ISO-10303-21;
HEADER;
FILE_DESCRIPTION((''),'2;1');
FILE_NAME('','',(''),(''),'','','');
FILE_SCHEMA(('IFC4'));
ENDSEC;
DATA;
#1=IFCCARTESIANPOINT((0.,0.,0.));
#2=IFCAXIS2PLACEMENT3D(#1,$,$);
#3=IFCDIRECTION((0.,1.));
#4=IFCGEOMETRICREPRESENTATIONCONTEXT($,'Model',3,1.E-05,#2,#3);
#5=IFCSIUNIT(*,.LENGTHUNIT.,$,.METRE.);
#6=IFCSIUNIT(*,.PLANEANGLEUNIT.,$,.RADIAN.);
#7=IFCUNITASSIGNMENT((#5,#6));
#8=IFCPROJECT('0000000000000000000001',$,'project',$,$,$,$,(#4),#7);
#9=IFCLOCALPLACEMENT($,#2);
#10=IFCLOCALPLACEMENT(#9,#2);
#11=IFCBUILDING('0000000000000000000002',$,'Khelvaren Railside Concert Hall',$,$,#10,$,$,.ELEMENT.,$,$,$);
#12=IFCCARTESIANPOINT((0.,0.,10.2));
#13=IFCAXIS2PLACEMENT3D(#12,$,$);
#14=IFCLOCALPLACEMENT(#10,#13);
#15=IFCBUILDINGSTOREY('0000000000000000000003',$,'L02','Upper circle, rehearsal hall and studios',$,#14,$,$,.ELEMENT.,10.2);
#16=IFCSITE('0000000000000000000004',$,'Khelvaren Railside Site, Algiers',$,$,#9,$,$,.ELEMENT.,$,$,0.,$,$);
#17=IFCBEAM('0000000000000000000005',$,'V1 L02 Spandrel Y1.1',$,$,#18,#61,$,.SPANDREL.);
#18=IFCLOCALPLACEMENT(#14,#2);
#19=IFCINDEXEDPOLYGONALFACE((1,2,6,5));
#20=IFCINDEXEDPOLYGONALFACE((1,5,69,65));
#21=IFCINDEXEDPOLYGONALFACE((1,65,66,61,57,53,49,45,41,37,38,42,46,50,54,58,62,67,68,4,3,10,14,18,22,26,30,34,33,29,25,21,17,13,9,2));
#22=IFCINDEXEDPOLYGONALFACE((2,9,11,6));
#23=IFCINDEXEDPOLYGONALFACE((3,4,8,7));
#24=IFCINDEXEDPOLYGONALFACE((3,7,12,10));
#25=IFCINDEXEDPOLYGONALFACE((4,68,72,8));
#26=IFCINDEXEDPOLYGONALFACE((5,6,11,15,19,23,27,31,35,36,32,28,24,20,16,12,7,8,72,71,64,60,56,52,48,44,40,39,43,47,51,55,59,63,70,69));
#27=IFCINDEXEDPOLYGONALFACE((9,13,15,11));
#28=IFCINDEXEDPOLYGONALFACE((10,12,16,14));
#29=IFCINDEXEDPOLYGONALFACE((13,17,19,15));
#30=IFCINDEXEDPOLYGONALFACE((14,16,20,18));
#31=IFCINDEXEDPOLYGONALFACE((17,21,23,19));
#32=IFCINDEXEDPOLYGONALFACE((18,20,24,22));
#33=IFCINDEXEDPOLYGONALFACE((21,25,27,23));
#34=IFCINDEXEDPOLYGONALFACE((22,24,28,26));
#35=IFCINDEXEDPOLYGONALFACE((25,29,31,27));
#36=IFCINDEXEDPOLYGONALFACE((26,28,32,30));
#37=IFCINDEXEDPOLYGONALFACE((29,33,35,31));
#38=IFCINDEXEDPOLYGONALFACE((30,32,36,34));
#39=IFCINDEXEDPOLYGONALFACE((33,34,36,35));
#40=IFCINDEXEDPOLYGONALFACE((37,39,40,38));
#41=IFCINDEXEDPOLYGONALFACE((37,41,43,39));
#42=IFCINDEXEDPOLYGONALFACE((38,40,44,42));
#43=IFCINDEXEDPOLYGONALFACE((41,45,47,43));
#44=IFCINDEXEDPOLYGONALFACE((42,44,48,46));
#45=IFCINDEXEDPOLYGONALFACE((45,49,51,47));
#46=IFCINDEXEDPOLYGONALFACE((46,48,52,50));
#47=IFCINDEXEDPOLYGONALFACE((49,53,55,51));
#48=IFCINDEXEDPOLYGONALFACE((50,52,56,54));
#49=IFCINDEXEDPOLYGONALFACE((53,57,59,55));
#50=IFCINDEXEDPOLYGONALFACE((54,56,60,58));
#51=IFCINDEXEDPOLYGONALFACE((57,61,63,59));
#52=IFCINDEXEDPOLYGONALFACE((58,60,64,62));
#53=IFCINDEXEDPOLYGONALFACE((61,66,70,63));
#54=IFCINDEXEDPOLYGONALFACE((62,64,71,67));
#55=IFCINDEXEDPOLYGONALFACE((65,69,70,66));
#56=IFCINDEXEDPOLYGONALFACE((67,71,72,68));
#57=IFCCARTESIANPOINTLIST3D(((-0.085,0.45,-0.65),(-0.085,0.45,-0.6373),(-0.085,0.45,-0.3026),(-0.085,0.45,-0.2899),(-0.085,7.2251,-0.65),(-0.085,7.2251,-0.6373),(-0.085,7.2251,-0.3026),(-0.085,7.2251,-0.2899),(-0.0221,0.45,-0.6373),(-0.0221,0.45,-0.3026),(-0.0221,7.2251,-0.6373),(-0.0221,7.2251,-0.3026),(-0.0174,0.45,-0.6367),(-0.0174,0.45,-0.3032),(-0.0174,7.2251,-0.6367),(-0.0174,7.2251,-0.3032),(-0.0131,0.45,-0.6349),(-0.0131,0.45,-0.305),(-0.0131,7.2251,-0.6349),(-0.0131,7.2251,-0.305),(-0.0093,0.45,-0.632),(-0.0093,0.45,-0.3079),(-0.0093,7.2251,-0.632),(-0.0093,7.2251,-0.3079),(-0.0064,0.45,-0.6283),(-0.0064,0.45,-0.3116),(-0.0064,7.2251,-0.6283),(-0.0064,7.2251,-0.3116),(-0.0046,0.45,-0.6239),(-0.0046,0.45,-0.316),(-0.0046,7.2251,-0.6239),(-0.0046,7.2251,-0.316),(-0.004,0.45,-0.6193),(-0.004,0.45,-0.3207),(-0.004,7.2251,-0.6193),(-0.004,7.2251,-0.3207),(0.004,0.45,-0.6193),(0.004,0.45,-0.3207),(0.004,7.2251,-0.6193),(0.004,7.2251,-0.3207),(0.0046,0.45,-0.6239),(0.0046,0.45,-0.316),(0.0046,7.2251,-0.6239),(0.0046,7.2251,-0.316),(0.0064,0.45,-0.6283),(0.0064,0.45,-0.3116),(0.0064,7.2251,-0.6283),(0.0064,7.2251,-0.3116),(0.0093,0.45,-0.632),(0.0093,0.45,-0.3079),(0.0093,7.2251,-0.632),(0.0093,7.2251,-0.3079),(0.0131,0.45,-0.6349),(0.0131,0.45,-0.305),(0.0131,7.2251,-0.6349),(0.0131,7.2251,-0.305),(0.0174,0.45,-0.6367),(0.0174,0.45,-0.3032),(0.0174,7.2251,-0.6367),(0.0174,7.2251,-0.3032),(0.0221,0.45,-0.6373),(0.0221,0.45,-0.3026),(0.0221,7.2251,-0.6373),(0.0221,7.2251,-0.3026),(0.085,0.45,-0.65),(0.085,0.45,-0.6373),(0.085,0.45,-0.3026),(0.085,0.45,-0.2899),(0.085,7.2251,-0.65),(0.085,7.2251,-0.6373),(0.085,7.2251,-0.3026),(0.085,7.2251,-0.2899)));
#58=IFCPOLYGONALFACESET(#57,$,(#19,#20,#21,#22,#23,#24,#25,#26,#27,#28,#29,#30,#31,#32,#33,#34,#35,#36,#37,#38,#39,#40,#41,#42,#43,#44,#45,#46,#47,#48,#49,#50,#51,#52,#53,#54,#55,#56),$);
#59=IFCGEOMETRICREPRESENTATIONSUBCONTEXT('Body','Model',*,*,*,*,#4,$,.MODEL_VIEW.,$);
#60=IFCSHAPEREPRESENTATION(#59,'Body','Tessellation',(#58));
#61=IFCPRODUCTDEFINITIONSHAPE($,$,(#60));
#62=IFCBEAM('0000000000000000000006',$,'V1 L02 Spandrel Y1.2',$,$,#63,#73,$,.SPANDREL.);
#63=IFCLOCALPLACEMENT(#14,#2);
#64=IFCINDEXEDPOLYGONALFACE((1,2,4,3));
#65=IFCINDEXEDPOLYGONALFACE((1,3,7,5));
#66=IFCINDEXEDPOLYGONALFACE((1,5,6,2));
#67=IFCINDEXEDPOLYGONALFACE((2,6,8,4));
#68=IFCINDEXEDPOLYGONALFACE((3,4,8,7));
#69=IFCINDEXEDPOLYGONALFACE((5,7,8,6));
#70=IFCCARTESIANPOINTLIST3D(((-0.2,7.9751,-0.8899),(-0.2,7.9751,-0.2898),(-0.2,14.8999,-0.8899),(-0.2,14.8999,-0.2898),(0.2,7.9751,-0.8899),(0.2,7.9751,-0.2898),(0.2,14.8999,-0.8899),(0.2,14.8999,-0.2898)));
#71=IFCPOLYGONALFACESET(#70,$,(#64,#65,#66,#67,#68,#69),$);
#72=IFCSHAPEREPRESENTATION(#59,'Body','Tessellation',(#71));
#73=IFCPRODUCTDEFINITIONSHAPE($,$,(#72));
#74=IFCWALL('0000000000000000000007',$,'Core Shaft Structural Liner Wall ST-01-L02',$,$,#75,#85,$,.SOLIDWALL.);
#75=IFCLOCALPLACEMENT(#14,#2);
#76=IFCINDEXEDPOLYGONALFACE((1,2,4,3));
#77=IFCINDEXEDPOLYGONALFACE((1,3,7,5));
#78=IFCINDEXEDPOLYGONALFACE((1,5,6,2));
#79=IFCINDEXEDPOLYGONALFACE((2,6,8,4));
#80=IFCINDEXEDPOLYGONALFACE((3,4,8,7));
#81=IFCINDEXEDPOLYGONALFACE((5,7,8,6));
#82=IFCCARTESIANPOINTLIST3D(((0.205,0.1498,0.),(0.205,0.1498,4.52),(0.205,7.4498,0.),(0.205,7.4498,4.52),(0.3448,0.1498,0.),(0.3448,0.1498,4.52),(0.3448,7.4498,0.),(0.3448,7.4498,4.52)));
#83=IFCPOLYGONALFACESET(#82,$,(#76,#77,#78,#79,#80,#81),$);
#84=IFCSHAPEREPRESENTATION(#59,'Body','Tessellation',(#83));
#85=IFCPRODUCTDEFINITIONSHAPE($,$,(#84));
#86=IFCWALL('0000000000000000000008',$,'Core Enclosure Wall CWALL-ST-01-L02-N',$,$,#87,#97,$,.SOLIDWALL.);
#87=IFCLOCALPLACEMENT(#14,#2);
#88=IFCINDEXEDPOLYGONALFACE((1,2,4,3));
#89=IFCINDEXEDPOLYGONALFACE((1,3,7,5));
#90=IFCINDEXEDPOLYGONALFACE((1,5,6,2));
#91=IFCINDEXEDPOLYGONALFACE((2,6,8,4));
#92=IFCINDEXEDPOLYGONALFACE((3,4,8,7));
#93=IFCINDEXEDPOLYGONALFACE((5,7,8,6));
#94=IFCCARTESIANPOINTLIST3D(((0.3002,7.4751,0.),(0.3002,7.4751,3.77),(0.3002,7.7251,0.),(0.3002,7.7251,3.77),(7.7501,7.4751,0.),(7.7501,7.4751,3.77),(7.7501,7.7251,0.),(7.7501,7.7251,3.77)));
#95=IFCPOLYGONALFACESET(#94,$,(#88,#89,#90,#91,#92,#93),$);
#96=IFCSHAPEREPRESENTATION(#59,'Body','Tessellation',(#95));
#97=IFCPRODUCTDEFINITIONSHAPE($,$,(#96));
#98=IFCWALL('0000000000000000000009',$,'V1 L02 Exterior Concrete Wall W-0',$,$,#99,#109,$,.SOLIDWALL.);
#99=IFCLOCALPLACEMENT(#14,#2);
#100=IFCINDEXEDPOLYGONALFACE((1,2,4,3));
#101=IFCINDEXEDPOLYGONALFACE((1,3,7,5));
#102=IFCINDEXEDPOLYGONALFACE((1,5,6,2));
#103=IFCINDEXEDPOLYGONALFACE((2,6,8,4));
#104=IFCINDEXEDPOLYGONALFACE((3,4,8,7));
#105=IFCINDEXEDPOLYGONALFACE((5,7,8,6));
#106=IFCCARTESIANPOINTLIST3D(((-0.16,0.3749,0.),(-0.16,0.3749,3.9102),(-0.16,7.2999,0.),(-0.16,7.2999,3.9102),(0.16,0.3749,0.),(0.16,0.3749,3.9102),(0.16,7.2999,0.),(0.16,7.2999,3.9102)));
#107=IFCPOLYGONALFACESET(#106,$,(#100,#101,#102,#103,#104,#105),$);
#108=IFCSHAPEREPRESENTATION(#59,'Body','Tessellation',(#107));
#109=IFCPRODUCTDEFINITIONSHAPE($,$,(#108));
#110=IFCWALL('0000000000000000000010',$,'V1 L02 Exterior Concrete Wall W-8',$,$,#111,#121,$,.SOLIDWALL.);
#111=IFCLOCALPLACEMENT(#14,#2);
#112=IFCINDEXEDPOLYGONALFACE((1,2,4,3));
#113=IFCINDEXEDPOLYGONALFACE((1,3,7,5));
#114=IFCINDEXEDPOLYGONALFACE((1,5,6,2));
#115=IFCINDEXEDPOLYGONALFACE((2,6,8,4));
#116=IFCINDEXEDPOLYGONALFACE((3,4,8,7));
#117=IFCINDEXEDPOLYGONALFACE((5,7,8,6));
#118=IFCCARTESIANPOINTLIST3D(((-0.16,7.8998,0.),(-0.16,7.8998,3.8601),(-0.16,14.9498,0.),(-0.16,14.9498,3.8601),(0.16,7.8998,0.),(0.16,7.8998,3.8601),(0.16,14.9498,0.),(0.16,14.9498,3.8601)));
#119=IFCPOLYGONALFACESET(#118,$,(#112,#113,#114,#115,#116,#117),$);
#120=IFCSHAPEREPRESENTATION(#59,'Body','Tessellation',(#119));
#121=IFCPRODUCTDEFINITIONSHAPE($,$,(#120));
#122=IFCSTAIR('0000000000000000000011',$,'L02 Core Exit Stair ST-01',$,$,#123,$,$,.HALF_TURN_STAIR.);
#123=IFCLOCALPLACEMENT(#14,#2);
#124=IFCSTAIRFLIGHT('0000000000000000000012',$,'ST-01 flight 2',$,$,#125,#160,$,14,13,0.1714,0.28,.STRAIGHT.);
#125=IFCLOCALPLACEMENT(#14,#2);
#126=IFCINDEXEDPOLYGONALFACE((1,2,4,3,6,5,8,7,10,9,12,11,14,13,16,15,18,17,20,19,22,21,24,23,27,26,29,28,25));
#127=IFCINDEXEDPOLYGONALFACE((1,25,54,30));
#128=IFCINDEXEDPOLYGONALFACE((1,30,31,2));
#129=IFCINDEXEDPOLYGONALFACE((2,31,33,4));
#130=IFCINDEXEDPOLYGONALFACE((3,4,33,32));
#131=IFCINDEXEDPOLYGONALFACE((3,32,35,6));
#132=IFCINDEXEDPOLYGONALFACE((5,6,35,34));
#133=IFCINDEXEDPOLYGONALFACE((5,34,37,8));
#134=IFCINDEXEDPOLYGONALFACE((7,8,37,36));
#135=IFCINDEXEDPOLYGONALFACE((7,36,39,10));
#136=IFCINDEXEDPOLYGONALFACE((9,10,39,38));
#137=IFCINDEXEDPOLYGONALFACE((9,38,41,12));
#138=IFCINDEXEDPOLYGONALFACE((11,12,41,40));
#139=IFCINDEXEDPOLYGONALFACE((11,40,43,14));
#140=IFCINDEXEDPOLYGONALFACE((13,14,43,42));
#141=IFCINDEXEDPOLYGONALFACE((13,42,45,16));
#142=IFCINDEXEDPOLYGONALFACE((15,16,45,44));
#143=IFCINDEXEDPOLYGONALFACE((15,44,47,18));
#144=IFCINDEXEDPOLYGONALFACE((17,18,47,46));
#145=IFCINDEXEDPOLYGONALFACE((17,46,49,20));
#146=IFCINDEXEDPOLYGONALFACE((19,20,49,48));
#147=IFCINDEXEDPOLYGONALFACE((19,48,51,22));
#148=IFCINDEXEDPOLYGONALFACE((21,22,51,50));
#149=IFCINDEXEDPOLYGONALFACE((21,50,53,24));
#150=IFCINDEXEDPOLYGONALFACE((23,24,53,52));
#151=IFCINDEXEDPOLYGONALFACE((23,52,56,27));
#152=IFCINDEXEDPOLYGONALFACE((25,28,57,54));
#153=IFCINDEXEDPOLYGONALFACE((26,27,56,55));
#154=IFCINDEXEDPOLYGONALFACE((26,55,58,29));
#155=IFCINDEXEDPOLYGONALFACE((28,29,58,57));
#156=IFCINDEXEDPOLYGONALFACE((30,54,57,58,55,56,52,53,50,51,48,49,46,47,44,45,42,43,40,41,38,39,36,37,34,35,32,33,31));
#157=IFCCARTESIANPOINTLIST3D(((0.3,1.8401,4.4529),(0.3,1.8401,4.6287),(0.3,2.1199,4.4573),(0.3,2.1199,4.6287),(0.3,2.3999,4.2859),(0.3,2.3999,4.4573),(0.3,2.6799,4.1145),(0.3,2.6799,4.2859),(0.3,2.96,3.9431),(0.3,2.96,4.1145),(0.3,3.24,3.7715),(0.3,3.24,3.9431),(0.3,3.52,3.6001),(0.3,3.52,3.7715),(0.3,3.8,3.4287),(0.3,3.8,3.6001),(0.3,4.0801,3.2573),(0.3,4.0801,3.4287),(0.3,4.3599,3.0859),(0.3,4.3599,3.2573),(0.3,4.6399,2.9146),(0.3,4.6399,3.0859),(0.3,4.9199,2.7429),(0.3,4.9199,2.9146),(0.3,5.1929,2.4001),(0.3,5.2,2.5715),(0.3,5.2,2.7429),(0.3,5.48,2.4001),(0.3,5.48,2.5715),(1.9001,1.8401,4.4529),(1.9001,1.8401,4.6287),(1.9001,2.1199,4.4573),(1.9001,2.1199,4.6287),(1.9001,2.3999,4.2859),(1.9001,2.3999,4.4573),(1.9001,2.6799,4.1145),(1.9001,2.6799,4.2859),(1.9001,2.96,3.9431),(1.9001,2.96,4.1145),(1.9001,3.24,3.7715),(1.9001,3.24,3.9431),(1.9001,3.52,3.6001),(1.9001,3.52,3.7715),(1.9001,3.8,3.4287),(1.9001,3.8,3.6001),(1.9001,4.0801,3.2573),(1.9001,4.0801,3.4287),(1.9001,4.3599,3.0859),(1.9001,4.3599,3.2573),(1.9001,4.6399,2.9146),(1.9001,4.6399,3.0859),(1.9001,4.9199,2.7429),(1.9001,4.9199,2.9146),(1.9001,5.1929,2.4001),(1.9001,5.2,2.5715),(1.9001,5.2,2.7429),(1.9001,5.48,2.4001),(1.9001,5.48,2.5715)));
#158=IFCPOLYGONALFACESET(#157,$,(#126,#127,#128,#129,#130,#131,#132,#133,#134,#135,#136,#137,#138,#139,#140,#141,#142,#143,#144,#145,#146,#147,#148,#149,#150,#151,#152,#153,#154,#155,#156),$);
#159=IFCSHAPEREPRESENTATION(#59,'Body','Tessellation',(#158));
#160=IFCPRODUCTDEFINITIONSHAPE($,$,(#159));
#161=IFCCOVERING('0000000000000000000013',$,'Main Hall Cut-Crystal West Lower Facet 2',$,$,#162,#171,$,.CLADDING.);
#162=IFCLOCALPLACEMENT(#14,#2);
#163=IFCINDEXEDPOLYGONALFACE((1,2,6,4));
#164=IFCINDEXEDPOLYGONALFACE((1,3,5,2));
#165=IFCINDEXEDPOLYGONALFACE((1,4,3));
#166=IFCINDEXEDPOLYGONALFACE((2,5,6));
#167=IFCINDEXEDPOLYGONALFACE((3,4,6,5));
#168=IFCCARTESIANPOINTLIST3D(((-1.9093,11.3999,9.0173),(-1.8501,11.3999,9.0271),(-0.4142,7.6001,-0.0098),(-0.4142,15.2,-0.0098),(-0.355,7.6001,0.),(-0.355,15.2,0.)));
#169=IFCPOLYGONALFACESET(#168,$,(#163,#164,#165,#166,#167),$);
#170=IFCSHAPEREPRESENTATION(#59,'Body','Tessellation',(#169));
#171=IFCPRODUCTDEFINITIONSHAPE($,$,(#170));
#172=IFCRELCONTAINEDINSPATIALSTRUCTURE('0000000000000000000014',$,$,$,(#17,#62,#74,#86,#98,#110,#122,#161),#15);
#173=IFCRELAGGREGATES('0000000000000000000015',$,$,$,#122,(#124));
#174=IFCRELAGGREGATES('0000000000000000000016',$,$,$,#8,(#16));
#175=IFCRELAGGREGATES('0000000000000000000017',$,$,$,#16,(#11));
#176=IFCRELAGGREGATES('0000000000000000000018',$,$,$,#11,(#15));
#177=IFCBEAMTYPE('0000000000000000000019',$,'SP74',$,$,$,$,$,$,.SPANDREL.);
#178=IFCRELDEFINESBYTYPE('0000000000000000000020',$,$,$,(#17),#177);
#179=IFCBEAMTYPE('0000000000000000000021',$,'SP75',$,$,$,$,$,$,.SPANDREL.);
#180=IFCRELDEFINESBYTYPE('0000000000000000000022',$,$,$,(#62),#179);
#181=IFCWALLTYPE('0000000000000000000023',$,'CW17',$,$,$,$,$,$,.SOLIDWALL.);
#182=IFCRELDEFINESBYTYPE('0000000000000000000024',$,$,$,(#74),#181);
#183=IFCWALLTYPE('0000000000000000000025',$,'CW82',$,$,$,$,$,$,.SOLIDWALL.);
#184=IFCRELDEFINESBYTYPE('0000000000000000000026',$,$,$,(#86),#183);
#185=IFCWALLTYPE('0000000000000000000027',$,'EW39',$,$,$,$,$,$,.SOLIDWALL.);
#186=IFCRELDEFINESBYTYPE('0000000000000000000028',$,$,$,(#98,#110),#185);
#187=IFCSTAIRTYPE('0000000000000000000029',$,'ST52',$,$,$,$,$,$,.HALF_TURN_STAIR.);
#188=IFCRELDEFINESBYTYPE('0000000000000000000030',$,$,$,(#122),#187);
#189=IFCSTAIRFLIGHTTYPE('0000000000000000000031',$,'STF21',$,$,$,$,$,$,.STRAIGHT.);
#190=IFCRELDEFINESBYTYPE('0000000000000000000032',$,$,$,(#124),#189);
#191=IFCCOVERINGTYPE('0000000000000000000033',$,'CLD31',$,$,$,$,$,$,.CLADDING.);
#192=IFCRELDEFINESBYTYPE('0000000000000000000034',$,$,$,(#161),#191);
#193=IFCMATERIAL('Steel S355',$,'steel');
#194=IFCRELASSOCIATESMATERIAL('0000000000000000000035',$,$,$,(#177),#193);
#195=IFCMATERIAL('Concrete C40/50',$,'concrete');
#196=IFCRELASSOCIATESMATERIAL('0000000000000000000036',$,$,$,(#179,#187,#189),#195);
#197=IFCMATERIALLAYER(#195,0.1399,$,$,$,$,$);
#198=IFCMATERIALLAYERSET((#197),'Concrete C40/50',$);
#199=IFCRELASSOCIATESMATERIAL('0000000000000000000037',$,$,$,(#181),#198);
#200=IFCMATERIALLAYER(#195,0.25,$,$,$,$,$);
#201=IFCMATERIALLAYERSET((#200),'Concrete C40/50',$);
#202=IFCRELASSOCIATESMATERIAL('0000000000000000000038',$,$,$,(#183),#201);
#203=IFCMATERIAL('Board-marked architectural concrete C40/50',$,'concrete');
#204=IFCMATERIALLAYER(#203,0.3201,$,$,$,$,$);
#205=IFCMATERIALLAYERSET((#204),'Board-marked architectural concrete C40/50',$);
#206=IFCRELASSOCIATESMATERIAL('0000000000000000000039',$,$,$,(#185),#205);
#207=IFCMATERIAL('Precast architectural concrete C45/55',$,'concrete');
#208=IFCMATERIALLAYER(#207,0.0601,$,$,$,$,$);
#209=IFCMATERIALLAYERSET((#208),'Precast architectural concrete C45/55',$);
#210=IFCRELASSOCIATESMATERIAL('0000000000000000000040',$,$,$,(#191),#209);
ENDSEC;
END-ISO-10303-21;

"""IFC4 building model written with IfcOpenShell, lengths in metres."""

from ifc_helpers import new_model, si_unit, direction, frame, frame_2d, origin, origin_2d, place, context, subcontext, project, spatial, polyline, rectangle, i_section, outline, extrude, material, layer, layer_set, material_profile, profile_set, type_object, element, aggregate, save


model = new_model("IFC4")

# Units and contexts
model_context = context("Model", 3, precision=1e-05, world=origin(), true_north=direction((0.0, 1.0)))
body_context = subcontext(model_context, "Body", "Model", "MODEL_VIEW")
ifc_project = project(units=[si_unit("LENGTHUNIT", "METRE"), si_unit("PLANEANGLEUNIT", "RADIAN")], contexts=[model_context])

# Site, building, storey
site_placement = place(None, origin())
site = spatial("IfcSite", under=ifc_project, at=site_placement, Name="Khelvaren Railside Site, Algiers", CompositionType="ELEMENT", RefElevation=0.0)
building_placement = place(site_placement, origin())
building = spatial("IfcBuilding", under=site, at=building_placement, Name="Khelvaren Railside Concert Hall", CompositionType="ELEMENT")
storey_placement = place(building_placement, frame((0.0, 0.0, 10.2)))
storey = spatial("IfcBuildingStorey", under=building, at=storey_placement, Name="L02", Description="Upper circle, rehearsal hall and studios", CompositionType="ELEMENT", Elevation=10.2)

# Beams
ifc_material_1 = material(Name="Steel S355", Category="steel")
ifc_material_profile_1 = material_profile(ifc_material_1, i_section(OverallWidth=0.1699, OverallDepth=0.3601, WebThickness=0.0081, FlangeThickness=0.0127, FilletRadius=0.0181, at=origin_2d()), Name="IPE 360")
ifc_profile_set_1 = profile_set([ifc_material_profile_1], Name="Steel S355")
beam_type_1 = type_object("IfcBeamType", Name="SP74", PredefinedType="SPANDREL", material=ifc_profile_set_1)
beam_1_placement = place(storey_placement, frame((0.0, 0.45, -0.47), z_axis=(0.0, 1.0, 0.0), x_axis=(-1.0, 0.0, 0.0)))
element("IfcBeam", 1, at=beam_1_placement, inside=storey, type_object=beam_type_1, Name="V1 L02 Spandrel Y1.1", PredefinedType="SPANDREL", context=body_context, shape_type="SweptSolid", body=[
    extrude(i_section(OverallWidth=0.1699, OverallDepth=0.3601, WebThickness=0.0081, FlangeThickness=0.0127, FilletRadius=0.0181, at=origin_2d()), origin(), (0.0, 0.0, 1.0), 6.7751),
])
ifc_material_2 = material(Name="Concrete C40/50", Category="concrete")
ifc_material_profile_2 = material_profile(ifc_material_2, rectangle(XDim=0.3999, YDim=0.6001, at=origin_2d()), Name="RCB 400x600")
ifc_profile_set_2 = profile_set([ifc_material_profile_2], Name="Concrete C40/50")
beam_type_2 = type_object("IfcBeamType", Name="SP75", PredefinedType="SPANDREL", material=ifc_profile_set_2)
beam_2_placement = place(storey_placement, frame((0.0, 7.9751, -0.5898), z_axis=(0.0, 1.0, 0.0), x_axis=(-1.0, 0.0, 0.0)))
element("IfcBeam", 2, at=beam_2_placement, inside=storey, type_object=beam_type_2, Name="V1 L02 Spandrel Y1.2", PredefinedType="SPANDREL", context=body_context, shape_type="SweptSolid", body=[
    extrude(rectangle(XDim=0.3999, YDim=0.6001, at=origin_2d()), origin(), (0.0, 0.0, 1.0), 6.9248),
])

# Walls
ifc_layer_1 = layer(ifc_material_2, 0.1399)
ifc_layer_set_1 = layer_set([ifc_layer_1], Name="Concrete C40/50")
wall_type_1 = type_object("IfcWallType", Name="CW17", PredefinedType="SOLIDWALL", material=ifc_layer_set_1)
wall_1_placement = place(storey_placement, frame((0.2749, 0.1499, 0.0), z_axis=(0.0, 0.0, 1.0), x_axis=(0.0, 1.0, 0.0)))
element("IfcWall", 3, at=wall_1_placement, inside=storey, type_object=wall_type_1, Name="Core Shaft Structural Liner Wall ST-01-L02", PredefinedType="SOLIDWALL", context=body_context, shape_type="SweptSolid", body=[
    extrude(rectangle(XDim=7.3, YDim=0.1399, at=frame_2d((3.6499, 0.0))), origin(), (0.0, 0.0, 1.0), 4.52),
])
ifc_layer_2 = layer(ifc_material_2, 0.25)
ifc_layer_set_2 = layer_set([ifc_layer_2], Name="Concrete C40/50")
wall_type_2 = type_object("IfcWallType", Name="CW82", PredefinedType="SOLIDWALL", material=ifc_layer_set_2)
wall_2_placement = place(storey_placement, frame((0.3, 7.6001, 0.0), z_axis=(0.0, 0.0, 1.0), x_axis=(1.0, 0.0, 0.0)))
element("IfcWall", 4, at=wall_2_placement, inside=storey, type_object=wall_type_2, Name="Core Enclosure Wall CWALL-ST-01-L02-N", PredefinedType="SOLIDWALL", context=body_context, shape_type="SweptSolid", body=[
    extrude(rectangle(XDim=7.45, YDim=0.25, at=frame_2d((3.7251, 0.0))), origin(), (0.0, 0.0, 1.0), 3.77),
])
ifc_material_3 = material(Name="Board-marked architectural concrete C40/50", Category="concrete")
ifc_layer_3 = layer(ifc_material_3, 0.3201)
ifc_layer_set_3 = layer_set([ifc_layer_3], Name="Board-marked architectural concrete C40/50")
wall_type_3 = type_object("IfcWallType", Name="EW39", PredefinedType="SOLIDWALL", material=ifc_layer_set_3)
wall_3_placement = place(storey_placement, frame((0.0, 0.375, 0.0), z_axis=(0.0, 0.0, 1.0), x_axis=(0.0, 1.0, 0.0)))
element("IfcWall", 5, at=wall_3_placement, inside=storey, type_object=wall_type_3, Name="V1 L02 Exterior Concrete Wall W-0", PredefinedType="SOLIDWALL", context=body_context, shape_type="SweptSolid", body=[
    extrude(rectangle(XDim=6.925, YDim=0.3201, at=frame_2d((3.4624, 0.0))), origin(), (0.0, 0.0, 1.0), 3.9102),
])
wall_4_placement = place(storey_placement, frame((0.0, 7.8999, 0.0), z_axis=(0.0, 0.0, 1.0), x_axis=(0.0, 1.0, 0.0)))
element("IfcWall", 6, at=wall_4_placement, inside=storey, type_object=wall_type_3, Name="V1 L02 Exterior Concrete Wall W-8", PredefinedType="SOLIDWALL", context=body_context, shape_type="SweptSolid", body=[
    extrude(rectangle(XDim=7.05, YDim=0.3201, at=frame_2d((3.5249, 0.0))), origin(), (0.0, 0.0, 1.0), 3.8601),
])

# Stair, stair flight
stair_type = type_object("IfcStairType", Name="ST52", PredefinedType="HALF_TURN_STAIR", material=ifc_material_2)
stair_placement = place(storey_placement, origin())
stair = element("IfcStair", 7, at=stair_placement, inside=storey, type_object=stair_type, Name="L02 Core Exit Stair ST-01", PredefinedType="HALF_TURN_STAIR")
stair_flight_type = type_object("IfcStairFlightType", Name="STF21", PredefinedType="STRAIGHT", material=ifc_material_2)
stair_flight_placement = place(storey_placement, frame((1.1001, 5.48, 2.4001), z_axis=(0.0, 0.0, 1.0), x_axis=(0.0, -1.0, 0.0)))
stair_flight = element("IfcStairFlight", 8, at=stair_flight_placement, type_object=stair_flight_type, Name="ST-01 flight 2", NumberOfRisers=14, NumberOfTreads=13, PredefinedType="STRAIGHT", RiserHeight=0.1714, TreadLength=0.28, context=body_context, shape_type="SweptSolid", body=[
    extrude(outline(polyline([(0.0, 0.0), (0.0, 0.1714), (0.28, 0.1714), (0.28, 0.3428), (0.5601, 0.3428), (0.5601, 0.5144), (0.8401, 0.5144), (0.8401, 0.6858), (1.1201, 0.6858), (1.1201, 0.8572), (1.3999, 0.8572), (1.3999, 1.0286), (1.6799, 1.0286), (1.6799, 1.2), (1.96, 1.2), (1.96, 1.3713), (2.24, 1.3713), (2.24, 1.543), (2.52, 1.543), (2.52, 1.7144), (2.8, 1.7144), (2.8, 1.8857), (3.0801, 1.8857), (3.0801, 2.0571), (3.3601, 2.0571), (3.3601, 2.2285), (3.6399, 2.2285), (3.6399, 2.3999), (3.6399, 2.0527), (0.2871, 0.0), (0.0, 0.0)])), frame((0.0, 0.8, 0.0), z_axis=(0.0, -1.0, 0.0), x_axis=(1.0, 0.0, 0.0)), (0.0, 0.0, 1.0), 1.6001),
])
aggregate(stair, [stair_flight])

# Covering
ifc_material_4 = material(Name="Precast architectural concrete C45/55", Category="concrete")
ifc_layer_4 = layer(ifc_material_4, 0.0601)
ifc_layer_set_4 = layer_set([ifc_layer_4], Name="Precast architectural concrete C45/55")
covering_type_1 = type_object("IfcCoveringType", Name="CLD31", PredefinedType="CLADDING", material=ifc_layer_set_4)
covering_1_placement = place(storey_placement, frame((-0.355, 7.6001, 0.0), z_axis=(0.98656, 0.0, 0.163399), x_axis=(0.0, 1.0, 0.0)))
element("IfcCovering", 9, at=covering_1_placement, inside=storey, type_object=covering_type_1, Name="Main Hall Cut-Crystal West Lower Facet 2", PredefinedType="CLADDING", context=body_context, shape_type="SweptSolid", body=[
    extrude(outline(polyline([(0.0, 0.0), (7.5999, 0.0), (3.7998, 9.1501), (0.0, 0.0)])), origin(), (0.0, 0.0, -1.0), 0.0601),
])

save(model, "model.ifc")
